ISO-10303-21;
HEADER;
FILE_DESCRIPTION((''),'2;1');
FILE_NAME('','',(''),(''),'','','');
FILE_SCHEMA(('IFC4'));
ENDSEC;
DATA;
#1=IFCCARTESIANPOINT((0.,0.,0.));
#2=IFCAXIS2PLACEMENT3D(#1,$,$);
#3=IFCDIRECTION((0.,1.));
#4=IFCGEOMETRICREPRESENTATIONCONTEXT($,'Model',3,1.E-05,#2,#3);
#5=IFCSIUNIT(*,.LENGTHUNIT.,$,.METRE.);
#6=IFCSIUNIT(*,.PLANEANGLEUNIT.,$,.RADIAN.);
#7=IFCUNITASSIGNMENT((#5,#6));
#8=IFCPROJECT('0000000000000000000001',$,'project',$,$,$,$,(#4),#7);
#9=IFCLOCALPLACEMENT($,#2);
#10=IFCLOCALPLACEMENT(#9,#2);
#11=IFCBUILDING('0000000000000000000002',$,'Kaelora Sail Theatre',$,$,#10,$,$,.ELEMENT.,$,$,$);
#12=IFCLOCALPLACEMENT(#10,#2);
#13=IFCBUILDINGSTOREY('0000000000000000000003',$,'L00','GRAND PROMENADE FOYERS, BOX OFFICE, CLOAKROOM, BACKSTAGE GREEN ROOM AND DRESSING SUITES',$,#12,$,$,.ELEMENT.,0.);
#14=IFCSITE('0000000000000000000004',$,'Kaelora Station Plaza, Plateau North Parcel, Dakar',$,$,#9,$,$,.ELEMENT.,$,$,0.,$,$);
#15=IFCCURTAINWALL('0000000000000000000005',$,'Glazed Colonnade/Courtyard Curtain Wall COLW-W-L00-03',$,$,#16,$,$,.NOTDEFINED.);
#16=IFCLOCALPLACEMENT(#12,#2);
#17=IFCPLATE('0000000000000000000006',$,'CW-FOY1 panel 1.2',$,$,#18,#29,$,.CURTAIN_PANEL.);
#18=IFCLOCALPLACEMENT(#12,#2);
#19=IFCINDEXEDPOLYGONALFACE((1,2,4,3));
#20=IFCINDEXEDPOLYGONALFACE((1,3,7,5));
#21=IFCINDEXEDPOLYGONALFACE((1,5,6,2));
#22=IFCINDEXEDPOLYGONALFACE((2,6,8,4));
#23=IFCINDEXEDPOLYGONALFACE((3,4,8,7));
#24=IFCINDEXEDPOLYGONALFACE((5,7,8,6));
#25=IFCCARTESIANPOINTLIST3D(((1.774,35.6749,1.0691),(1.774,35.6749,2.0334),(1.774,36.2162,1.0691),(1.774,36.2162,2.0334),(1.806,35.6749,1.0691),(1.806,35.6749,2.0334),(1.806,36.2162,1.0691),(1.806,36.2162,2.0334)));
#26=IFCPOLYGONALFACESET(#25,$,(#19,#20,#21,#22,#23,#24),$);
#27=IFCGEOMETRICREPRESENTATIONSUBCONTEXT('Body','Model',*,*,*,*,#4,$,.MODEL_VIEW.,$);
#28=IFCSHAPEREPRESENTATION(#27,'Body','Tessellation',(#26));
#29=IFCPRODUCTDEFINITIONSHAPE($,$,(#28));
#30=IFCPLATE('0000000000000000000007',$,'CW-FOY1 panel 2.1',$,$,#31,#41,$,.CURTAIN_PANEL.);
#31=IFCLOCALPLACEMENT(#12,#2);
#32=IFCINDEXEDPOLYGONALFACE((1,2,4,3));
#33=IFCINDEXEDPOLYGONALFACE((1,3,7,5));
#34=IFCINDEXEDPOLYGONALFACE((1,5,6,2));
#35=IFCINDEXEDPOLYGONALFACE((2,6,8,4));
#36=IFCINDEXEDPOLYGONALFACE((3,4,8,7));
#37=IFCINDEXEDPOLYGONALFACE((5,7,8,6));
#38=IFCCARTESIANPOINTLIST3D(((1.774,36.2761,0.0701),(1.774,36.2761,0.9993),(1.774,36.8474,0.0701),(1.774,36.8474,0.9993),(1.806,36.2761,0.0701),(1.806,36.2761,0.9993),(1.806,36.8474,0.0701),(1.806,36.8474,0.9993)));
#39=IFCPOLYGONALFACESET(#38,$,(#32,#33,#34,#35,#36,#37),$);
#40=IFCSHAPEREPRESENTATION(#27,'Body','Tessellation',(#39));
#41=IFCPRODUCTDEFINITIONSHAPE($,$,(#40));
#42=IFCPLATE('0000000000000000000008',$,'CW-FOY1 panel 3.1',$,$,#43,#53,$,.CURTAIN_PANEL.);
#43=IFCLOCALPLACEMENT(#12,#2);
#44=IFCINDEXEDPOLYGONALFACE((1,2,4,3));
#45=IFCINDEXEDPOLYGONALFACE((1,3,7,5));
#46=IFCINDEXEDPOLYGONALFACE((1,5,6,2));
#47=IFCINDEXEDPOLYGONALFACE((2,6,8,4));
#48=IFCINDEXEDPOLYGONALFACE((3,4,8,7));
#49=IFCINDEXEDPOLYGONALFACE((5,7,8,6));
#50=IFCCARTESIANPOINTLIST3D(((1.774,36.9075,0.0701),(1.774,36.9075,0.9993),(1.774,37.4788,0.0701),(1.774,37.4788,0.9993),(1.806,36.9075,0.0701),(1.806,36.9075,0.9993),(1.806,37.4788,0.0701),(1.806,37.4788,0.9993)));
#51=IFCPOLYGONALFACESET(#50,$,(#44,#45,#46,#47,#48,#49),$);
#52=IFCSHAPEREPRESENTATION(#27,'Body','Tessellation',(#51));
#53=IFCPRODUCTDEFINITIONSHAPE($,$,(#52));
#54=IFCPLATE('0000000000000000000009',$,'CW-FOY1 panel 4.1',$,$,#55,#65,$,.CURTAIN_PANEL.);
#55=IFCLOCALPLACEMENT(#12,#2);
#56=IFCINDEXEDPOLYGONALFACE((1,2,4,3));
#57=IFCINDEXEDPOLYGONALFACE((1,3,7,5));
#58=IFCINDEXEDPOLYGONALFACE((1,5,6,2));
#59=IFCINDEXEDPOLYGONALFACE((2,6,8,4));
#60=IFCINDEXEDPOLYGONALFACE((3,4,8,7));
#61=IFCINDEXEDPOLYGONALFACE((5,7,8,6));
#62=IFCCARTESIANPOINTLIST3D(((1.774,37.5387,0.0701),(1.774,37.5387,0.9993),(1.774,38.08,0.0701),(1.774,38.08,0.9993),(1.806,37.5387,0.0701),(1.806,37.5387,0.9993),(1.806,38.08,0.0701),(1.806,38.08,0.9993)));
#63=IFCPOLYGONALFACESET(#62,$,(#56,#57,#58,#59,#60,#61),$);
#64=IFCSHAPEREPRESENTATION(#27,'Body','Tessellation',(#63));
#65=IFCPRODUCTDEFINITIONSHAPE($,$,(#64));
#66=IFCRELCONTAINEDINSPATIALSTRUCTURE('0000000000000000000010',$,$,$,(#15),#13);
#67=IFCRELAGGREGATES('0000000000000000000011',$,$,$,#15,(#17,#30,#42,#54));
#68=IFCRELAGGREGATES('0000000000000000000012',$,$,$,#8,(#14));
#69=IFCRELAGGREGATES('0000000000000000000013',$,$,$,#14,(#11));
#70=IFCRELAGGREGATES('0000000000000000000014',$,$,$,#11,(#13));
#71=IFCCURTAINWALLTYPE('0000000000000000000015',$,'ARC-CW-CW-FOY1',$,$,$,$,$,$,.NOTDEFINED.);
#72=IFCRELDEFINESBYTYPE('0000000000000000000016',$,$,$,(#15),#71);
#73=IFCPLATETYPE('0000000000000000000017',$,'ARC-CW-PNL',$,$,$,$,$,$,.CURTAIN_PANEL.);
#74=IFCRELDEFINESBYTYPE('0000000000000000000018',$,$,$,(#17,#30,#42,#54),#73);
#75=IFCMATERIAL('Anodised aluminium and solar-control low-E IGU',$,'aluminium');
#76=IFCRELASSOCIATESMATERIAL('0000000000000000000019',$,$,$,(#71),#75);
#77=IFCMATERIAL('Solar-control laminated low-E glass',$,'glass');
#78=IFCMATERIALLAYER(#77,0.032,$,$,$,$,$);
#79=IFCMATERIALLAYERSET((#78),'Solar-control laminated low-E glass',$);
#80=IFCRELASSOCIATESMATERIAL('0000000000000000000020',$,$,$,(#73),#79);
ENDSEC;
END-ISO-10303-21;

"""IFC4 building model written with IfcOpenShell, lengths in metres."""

from ifc_helpers import new_model, si_unit, direction, frame, origin, origin_2d, place, context, subcontext, project, spatial, rectangle, extrude, material, layer, layer_set, type_object, element, aggregate, save


model = new_model("IFC4")

# Units and contexts
model_context = context("Model", 3, precision=1e-05, world=origin(), true_north=direction((0.0, 1.0)))
body_context = subcontext(model_context, "Body", "Model", "MODEL_VIEW")
ifc_project = project(units=[si_unit("LENGTHUNIT", "METRE"), si_unit("PLANEANGLEUNIT", "RADIAN")], contexts=[model_context])

# Site, building, storey
site_placement = place(None, origin())
site = spatial("IfcSite", under=ifc_project, at=site_placement, Name="Kaelora Station Plaza, Plateau North Parcel, Dakar", CompositionType="ELEMENT", RefElevation=0.0)
building_placement = place(site_placement, origin())
building = spatial("IfcBuilding", under=site, at=building_placement, Name="Kaelora Sail Theatre", CompositionType="ELEMENT")
storey_placement = place(building_placement, origin())
storey = spatial("IfcBuildingStorey", under=building, at=storey_placement, Name="L00", Description="GRAND PROMENADE FOYERS, BOX OFFICE, CLOAKROOM, BACKSTAGE GREEN ROOM AND DRESSING SUITES", CompositionType="ELEMENT", Elevation=0.0)

# Curtain wall
ifc_material_1 = material(Name="Anodised aluminium and solar-control low-E IGU", Category="aluminium")
curtain_wall_type = type_object("IfcCurtainWallType", Name="ARC-CW-CW-FOY1", PredefinedType="NOTDEFINED", material=ifc_material_1)
curtain_wall_1_placement = place(storey_placement, origin())
curtain_wall_1 = element("IfcCurtainWall", 1, at=curtain_wall_1_placement, inside=storey, type_object=curtain_wall_type, Name="Glazed Colonnade/Courtyard Curtain Wall COLW-W-L00-03", PredefinedType="NOTDEFINED")

# Plates
ifc_material_2 = material(Name="Solar-control laminated low-E glass", Category="glass")
ifc_layer = layer(ifc_material_2, 0.032)
ifc_layer_set = layer_set([ifc_layer], Name="Solar-control laminated low-E glass")
plate_type = type_object("IfcPlateType", Name="ARC-CW-PNL", PredefinedType="CURTAIN_PANEL", material=ifc_layer_set)
plate_1_placement = place(storey_placement, frame((1.79, 35.9456, 1.0691), z_axis=(0.0, 0.0, 1.0), x_axis=(0.0, 1.0, 0.0)))
plate_1 = element("IfcPlate", 2, at=plate_1_placement, type_object=plate_type, Name="CW-FOY1 panel 1.2", PredefinedType="CURTAIN_PANEL", context=body_context, shape_type="SweptSolid", body=[
    extrude(rectangle(XDim=0.5413, YDim=0.032, at=origin_2d()), origin(), (0.0, 0.0, 1.0), 0.9644),
])
plate_2_placement = place(storey_placement, frame((1.79, 36.5618, 0.0701), z_axis=(0.0, 0.0, 1.0), x_axis=(0.0, 1.0, 0.0)))
plate_2 = element("IfcPlate", 3, at=plate_2_placement, type_object=plate_type, Name="CW-FOY1 panel 2.1", PredefinedType="CURTAIN_PANEL", context=body_context, shape_type="SweptSolid", body=[
    extrude(rectangle(XDim=0.5713, YDim=0.032, at=origin_2d()), origin(), (0.0, 0.0, 1.0), 0.9292),
])
plate_3_placement = place(storey_placement, frame((1.79, 37.1931, 0.0701), z_axis=(0.0, 0.0, 1.0), x_axis=(0.0, 1.0, 0.0)))
plate_3 = element("IfcPlate", 4, at=plate_3_placement, type_object=plate_type, Name="CW-FOY1 panel 3.1", PredefinedType="CURTAIN_PANEL", context=body_context, shape_type="SweptSolid", body=[
    extrude(rectangle(XDim=0.5713, YDim=0.032, at=origin_2d()), origin(), (0.0, 0.0, 1.0), 0.9292),
])
plate_4_placement = place(storey_placement, frame((1.79, 37.8093, 0.0701), z_axis=(0.0, 0.0, 1.0), x_axis=(0.0, 1.0, 0.0)))
plate_4 = element("IfcPlate", 5, at=plate_4_placement, type_object=plate_type, Name="CW-FOY1 panel 4.1", PredefinedType="CURTAIN_PANEL", context=body_context, shape_type="SweptSolid", body=[
    extrude(rectangle(XDim=0.5413, YDim=0.032, at=origin_2d()), origin(), (0.0, 0.0, 1.0), 0.9292),
])
aggregate(curtain_wall_1, [plate_1, plate_2, plate_3, plate_4])

save(model, "model.ifc")
